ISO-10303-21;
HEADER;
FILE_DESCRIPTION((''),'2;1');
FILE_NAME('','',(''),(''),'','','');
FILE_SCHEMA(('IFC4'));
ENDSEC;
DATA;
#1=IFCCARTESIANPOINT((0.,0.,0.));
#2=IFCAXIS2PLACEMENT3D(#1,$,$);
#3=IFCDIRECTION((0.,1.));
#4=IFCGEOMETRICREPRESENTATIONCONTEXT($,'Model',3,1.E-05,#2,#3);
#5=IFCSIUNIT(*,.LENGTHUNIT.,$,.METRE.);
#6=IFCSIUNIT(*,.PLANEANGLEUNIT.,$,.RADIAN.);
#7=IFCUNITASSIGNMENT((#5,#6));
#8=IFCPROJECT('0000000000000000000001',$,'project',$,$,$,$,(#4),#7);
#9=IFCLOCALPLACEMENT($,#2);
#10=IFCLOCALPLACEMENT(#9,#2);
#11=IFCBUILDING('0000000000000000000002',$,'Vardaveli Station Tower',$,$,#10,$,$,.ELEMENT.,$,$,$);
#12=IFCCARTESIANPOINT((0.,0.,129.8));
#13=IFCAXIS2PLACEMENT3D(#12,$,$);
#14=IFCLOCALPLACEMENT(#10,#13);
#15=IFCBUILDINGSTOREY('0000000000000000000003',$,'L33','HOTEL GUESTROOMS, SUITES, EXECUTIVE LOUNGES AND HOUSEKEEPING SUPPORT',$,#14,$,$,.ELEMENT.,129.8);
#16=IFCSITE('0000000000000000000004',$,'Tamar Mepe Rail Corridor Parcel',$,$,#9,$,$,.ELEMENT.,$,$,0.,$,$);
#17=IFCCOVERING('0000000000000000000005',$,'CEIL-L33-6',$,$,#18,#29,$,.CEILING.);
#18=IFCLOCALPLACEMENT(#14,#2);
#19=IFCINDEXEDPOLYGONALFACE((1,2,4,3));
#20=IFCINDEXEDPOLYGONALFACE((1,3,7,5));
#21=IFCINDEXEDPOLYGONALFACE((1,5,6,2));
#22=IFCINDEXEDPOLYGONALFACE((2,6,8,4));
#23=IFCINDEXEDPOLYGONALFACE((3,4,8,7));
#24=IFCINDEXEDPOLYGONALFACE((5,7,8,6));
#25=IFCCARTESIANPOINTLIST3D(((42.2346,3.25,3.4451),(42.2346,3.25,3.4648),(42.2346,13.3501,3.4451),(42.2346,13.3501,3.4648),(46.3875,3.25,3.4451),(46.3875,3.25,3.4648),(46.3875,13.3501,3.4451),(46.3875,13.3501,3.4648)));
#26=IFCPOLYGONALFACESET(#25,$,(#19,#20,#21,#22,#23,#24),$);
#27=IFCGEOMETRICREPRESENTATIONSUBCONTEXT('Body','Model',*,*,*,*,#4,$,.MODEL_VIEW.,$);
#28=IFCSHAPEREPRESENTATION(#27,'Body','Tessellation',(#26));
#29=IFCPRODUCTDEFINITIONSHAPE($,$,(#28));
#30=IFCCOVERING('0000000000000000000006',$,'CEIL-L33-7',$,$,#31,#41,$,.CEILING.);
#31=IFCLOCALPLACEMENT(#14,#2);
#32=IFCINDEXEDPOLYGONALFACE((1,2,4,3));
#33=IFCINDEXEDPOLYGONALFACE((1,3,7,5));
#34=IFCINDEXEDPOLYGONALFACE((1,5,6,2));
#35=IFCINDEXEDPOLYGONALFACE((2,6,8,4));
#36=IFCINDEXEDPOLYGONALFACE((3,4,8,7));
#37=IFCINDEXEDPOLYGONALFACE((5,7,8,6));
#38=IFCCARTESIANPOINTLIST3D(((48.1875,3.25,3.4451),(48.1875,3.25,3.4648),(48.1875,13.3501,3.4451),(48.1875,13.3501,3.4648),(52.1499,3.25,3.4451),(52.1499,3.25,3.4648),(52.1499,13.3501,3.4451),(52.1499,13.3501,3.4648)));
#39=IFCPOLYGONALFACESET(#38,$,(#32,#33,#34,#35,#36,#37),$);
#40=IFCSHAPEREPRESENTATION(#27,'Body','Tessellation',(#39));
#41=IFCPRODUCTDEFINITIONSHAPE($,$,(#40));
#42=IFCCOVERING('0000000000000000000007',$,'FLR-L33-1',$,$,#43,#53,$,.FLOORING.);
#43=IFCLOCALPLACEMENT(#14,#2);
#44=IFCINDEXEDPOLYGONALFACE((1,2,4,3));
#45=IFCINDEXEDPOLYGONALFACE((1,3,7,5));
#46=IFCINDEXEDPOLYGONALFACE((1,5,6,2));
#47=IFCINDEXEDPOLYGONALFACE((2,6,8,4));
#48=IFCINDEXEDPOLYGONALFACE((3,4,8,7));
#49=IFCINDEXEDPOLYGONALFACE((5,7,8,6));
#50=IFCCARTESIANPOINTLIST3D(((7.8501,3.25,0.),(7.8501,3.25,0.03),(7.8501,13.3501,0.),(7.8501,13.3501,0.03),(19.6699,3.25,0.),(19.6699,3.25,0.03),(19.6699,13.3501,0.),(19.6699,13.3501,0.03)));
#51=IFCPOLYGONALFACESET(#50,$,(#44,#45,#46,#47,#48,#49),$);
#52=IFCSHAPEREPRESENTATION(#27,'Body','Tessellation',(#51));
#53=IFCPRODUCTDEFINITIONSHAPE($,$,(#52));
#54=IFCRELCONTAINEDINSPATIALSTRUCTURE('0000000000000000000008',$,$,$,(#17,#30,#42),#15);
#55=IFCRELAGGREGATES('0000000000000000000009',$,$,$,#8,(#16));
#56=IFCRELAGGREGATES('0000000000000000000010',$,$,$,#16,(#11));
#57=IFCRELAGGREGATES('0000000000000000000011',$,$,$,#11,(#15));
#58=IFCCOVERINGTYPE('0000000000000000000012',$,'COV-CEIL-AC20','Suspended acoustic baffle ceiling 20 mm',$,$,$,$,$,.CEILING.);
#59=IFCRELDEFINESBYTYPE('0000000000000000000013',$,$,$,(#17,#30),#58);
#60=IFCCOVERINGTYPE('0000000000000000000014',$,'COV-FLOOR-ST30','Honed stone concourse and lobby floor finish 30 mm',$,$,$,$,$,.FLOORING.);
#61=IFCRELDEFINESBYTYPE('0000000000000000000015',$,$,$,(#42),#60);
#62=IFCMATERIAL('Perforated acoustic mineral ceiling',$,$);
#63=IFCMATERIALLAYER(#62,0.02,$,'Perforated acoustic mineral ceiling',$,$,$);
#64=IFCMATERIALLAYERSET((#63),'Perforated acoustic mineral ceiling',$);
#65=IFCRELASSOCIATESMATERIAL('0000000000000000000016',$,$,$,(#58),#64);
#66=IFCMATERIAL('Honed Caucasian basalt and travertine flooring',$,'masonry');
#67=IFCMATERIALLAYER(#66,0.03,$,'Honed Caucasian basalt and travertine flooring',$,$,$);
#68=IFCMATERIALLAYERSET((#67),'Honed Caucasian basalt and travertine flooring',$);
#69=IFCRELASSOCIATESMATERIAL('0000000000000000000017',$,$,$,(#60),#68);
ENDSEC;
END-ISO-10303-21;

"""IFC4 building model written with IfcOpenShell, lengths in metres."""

from ifc_helpers import new_model, si_unit, direction, frame, origin, place, context, subcontext, project, spatial, polyline, outline, extrude, material, layer, layer_set, type_object, element, save


model = new_model("IFC4")

# Units and contexts
model_context = context("Model", 3, precision=1e-05, world=origin(), true_north=direction((0.0, 1.0)))
body_context = subcontext(model_context, "Body", "Model", "MODEL_VIEW")
ifc_project = project(units=[si_unit("LENGTHUNIT", "METRE"), si_unit("PLANEANGLEUNIT", "RADIAN")], contexts=[model_context])

# Site, building, storey
site_placement = place(None, origin())
site = spatial("IfcSite", under=ifc_project, at=site_placement, Name="Tamar Mepe Rail Corridor Parcel", CompositionType="ELEMENT", RefElevation=0.0)
building_placement = place(site_placement, origin())
building = spatial("IfcBuilding", under=site, at=building_placement, Name="Vardaveli Station Tower", CompositionType="ELEMENT")
storey_placement = place(building_placement, frame((0.0, 0.0, 129.8)))
storey = spatial("IfcBuildingStorey", under=building, at=storey_placement, Name="L33", Description="HOTEL GUESTROOMS, SUITES, EXECUTIVE LOUNGES AND HOUSEKEEPING SUPPORT", CompositionType="ELEMENT", Elevation=129.8)

# Coverings
ifc_material_1 = material(Name="Perforated acoustic mineral ceiling")
ifc_layer_1 = layer(ifc_material_1, 0.02, Name="Perforated acoustic mineral ceiling")
ifc_layer_set_1 = layer_set([ifc_layer_1], Name="Perforated acoustic mineral ceiling")
covering_type_1 = type_object("IfcCoveringType", Name="COV-CEIL-AC20", Description="Suspended acoustic baffle ceiling 20 mm", PredefinedType="CEILING", material=ifc_layer_set_1)
covering_1_placement = place(storey_placement, frame((0.0, 0.0, 3.4451)))
element("IfcCovering", 1, at=covering_1_placement, inside=storey, type_object=covering_type_1, Name="CEIL-L33-6", PredefinedType="CEILING", context=body_context, shape_type="SweptSolid", body=[
    extrude(outline(polyline([(42.2346, 3.25), (46.3875, 3.25), (46.3875, 13.3501), (42.2346, 13.3501), (42.2346, 3.25)])), origin(), (0.0, 0.0, 1.0), 0.0198),
])
covering_2_placement = place(storey_placement, frame((0.0, 0.0, 3.4451)))
element("IfcCovering", 2, at=covering_2_placement, inside=storey, type_object=covering_type_1, Name="CEIL-L33-7", PredefinedType="CEILING", context=body_context, shape_type="SweptSolid", body=[
    extrude(outline(polyline([(48.1875, 3.25), (52.1499, 3.25), (52.1499, 13.3501), (48.1875, 13.3501), (48.1875, 3.25)])), origin(), (0.0, 0.0, 1.0), 0.0198),
])
ifc_material_2 = material(Name="Honed Caucasian basalt and travertine flooring", Category="masonry")
ifc_layer_2 = layer(ifc_material_2, 0.03, Name="Honed Caucasian basalt and travertine flooring")
ifc_layer_set_2 = layer_set([ifc_layer_2], Name="Honed Caucasian basalt and travertine flooring")
covering_type_2 = type_object("IfcCoveringType", Name="COV-FLOOR-ST30", Description="Honed stone concourse and lobby floor finish 30 mm", PredefinedType="FLOORING", material=ifc_layer_set_2)
covering_3_placement = place(storey_placement, origin())
element("IfcCovering", 3, at=covering_3_placement, inside=storey, type_object=covering_type_2, Name="FLR-L33-1", PredefinedType="FLOORING", context=body_context, shape_type="SweptSolid", body=[
    extrude(outline(polyline([(7.8501, 3.25), (19.6699, 3.25), (19.6699, 13.3501), (7.8501, 13.3501), (7.8501, 3.25)])), origin(), (0.0, 0.0, 1.0), 0.03),
])

save(model, "model.ifc")
